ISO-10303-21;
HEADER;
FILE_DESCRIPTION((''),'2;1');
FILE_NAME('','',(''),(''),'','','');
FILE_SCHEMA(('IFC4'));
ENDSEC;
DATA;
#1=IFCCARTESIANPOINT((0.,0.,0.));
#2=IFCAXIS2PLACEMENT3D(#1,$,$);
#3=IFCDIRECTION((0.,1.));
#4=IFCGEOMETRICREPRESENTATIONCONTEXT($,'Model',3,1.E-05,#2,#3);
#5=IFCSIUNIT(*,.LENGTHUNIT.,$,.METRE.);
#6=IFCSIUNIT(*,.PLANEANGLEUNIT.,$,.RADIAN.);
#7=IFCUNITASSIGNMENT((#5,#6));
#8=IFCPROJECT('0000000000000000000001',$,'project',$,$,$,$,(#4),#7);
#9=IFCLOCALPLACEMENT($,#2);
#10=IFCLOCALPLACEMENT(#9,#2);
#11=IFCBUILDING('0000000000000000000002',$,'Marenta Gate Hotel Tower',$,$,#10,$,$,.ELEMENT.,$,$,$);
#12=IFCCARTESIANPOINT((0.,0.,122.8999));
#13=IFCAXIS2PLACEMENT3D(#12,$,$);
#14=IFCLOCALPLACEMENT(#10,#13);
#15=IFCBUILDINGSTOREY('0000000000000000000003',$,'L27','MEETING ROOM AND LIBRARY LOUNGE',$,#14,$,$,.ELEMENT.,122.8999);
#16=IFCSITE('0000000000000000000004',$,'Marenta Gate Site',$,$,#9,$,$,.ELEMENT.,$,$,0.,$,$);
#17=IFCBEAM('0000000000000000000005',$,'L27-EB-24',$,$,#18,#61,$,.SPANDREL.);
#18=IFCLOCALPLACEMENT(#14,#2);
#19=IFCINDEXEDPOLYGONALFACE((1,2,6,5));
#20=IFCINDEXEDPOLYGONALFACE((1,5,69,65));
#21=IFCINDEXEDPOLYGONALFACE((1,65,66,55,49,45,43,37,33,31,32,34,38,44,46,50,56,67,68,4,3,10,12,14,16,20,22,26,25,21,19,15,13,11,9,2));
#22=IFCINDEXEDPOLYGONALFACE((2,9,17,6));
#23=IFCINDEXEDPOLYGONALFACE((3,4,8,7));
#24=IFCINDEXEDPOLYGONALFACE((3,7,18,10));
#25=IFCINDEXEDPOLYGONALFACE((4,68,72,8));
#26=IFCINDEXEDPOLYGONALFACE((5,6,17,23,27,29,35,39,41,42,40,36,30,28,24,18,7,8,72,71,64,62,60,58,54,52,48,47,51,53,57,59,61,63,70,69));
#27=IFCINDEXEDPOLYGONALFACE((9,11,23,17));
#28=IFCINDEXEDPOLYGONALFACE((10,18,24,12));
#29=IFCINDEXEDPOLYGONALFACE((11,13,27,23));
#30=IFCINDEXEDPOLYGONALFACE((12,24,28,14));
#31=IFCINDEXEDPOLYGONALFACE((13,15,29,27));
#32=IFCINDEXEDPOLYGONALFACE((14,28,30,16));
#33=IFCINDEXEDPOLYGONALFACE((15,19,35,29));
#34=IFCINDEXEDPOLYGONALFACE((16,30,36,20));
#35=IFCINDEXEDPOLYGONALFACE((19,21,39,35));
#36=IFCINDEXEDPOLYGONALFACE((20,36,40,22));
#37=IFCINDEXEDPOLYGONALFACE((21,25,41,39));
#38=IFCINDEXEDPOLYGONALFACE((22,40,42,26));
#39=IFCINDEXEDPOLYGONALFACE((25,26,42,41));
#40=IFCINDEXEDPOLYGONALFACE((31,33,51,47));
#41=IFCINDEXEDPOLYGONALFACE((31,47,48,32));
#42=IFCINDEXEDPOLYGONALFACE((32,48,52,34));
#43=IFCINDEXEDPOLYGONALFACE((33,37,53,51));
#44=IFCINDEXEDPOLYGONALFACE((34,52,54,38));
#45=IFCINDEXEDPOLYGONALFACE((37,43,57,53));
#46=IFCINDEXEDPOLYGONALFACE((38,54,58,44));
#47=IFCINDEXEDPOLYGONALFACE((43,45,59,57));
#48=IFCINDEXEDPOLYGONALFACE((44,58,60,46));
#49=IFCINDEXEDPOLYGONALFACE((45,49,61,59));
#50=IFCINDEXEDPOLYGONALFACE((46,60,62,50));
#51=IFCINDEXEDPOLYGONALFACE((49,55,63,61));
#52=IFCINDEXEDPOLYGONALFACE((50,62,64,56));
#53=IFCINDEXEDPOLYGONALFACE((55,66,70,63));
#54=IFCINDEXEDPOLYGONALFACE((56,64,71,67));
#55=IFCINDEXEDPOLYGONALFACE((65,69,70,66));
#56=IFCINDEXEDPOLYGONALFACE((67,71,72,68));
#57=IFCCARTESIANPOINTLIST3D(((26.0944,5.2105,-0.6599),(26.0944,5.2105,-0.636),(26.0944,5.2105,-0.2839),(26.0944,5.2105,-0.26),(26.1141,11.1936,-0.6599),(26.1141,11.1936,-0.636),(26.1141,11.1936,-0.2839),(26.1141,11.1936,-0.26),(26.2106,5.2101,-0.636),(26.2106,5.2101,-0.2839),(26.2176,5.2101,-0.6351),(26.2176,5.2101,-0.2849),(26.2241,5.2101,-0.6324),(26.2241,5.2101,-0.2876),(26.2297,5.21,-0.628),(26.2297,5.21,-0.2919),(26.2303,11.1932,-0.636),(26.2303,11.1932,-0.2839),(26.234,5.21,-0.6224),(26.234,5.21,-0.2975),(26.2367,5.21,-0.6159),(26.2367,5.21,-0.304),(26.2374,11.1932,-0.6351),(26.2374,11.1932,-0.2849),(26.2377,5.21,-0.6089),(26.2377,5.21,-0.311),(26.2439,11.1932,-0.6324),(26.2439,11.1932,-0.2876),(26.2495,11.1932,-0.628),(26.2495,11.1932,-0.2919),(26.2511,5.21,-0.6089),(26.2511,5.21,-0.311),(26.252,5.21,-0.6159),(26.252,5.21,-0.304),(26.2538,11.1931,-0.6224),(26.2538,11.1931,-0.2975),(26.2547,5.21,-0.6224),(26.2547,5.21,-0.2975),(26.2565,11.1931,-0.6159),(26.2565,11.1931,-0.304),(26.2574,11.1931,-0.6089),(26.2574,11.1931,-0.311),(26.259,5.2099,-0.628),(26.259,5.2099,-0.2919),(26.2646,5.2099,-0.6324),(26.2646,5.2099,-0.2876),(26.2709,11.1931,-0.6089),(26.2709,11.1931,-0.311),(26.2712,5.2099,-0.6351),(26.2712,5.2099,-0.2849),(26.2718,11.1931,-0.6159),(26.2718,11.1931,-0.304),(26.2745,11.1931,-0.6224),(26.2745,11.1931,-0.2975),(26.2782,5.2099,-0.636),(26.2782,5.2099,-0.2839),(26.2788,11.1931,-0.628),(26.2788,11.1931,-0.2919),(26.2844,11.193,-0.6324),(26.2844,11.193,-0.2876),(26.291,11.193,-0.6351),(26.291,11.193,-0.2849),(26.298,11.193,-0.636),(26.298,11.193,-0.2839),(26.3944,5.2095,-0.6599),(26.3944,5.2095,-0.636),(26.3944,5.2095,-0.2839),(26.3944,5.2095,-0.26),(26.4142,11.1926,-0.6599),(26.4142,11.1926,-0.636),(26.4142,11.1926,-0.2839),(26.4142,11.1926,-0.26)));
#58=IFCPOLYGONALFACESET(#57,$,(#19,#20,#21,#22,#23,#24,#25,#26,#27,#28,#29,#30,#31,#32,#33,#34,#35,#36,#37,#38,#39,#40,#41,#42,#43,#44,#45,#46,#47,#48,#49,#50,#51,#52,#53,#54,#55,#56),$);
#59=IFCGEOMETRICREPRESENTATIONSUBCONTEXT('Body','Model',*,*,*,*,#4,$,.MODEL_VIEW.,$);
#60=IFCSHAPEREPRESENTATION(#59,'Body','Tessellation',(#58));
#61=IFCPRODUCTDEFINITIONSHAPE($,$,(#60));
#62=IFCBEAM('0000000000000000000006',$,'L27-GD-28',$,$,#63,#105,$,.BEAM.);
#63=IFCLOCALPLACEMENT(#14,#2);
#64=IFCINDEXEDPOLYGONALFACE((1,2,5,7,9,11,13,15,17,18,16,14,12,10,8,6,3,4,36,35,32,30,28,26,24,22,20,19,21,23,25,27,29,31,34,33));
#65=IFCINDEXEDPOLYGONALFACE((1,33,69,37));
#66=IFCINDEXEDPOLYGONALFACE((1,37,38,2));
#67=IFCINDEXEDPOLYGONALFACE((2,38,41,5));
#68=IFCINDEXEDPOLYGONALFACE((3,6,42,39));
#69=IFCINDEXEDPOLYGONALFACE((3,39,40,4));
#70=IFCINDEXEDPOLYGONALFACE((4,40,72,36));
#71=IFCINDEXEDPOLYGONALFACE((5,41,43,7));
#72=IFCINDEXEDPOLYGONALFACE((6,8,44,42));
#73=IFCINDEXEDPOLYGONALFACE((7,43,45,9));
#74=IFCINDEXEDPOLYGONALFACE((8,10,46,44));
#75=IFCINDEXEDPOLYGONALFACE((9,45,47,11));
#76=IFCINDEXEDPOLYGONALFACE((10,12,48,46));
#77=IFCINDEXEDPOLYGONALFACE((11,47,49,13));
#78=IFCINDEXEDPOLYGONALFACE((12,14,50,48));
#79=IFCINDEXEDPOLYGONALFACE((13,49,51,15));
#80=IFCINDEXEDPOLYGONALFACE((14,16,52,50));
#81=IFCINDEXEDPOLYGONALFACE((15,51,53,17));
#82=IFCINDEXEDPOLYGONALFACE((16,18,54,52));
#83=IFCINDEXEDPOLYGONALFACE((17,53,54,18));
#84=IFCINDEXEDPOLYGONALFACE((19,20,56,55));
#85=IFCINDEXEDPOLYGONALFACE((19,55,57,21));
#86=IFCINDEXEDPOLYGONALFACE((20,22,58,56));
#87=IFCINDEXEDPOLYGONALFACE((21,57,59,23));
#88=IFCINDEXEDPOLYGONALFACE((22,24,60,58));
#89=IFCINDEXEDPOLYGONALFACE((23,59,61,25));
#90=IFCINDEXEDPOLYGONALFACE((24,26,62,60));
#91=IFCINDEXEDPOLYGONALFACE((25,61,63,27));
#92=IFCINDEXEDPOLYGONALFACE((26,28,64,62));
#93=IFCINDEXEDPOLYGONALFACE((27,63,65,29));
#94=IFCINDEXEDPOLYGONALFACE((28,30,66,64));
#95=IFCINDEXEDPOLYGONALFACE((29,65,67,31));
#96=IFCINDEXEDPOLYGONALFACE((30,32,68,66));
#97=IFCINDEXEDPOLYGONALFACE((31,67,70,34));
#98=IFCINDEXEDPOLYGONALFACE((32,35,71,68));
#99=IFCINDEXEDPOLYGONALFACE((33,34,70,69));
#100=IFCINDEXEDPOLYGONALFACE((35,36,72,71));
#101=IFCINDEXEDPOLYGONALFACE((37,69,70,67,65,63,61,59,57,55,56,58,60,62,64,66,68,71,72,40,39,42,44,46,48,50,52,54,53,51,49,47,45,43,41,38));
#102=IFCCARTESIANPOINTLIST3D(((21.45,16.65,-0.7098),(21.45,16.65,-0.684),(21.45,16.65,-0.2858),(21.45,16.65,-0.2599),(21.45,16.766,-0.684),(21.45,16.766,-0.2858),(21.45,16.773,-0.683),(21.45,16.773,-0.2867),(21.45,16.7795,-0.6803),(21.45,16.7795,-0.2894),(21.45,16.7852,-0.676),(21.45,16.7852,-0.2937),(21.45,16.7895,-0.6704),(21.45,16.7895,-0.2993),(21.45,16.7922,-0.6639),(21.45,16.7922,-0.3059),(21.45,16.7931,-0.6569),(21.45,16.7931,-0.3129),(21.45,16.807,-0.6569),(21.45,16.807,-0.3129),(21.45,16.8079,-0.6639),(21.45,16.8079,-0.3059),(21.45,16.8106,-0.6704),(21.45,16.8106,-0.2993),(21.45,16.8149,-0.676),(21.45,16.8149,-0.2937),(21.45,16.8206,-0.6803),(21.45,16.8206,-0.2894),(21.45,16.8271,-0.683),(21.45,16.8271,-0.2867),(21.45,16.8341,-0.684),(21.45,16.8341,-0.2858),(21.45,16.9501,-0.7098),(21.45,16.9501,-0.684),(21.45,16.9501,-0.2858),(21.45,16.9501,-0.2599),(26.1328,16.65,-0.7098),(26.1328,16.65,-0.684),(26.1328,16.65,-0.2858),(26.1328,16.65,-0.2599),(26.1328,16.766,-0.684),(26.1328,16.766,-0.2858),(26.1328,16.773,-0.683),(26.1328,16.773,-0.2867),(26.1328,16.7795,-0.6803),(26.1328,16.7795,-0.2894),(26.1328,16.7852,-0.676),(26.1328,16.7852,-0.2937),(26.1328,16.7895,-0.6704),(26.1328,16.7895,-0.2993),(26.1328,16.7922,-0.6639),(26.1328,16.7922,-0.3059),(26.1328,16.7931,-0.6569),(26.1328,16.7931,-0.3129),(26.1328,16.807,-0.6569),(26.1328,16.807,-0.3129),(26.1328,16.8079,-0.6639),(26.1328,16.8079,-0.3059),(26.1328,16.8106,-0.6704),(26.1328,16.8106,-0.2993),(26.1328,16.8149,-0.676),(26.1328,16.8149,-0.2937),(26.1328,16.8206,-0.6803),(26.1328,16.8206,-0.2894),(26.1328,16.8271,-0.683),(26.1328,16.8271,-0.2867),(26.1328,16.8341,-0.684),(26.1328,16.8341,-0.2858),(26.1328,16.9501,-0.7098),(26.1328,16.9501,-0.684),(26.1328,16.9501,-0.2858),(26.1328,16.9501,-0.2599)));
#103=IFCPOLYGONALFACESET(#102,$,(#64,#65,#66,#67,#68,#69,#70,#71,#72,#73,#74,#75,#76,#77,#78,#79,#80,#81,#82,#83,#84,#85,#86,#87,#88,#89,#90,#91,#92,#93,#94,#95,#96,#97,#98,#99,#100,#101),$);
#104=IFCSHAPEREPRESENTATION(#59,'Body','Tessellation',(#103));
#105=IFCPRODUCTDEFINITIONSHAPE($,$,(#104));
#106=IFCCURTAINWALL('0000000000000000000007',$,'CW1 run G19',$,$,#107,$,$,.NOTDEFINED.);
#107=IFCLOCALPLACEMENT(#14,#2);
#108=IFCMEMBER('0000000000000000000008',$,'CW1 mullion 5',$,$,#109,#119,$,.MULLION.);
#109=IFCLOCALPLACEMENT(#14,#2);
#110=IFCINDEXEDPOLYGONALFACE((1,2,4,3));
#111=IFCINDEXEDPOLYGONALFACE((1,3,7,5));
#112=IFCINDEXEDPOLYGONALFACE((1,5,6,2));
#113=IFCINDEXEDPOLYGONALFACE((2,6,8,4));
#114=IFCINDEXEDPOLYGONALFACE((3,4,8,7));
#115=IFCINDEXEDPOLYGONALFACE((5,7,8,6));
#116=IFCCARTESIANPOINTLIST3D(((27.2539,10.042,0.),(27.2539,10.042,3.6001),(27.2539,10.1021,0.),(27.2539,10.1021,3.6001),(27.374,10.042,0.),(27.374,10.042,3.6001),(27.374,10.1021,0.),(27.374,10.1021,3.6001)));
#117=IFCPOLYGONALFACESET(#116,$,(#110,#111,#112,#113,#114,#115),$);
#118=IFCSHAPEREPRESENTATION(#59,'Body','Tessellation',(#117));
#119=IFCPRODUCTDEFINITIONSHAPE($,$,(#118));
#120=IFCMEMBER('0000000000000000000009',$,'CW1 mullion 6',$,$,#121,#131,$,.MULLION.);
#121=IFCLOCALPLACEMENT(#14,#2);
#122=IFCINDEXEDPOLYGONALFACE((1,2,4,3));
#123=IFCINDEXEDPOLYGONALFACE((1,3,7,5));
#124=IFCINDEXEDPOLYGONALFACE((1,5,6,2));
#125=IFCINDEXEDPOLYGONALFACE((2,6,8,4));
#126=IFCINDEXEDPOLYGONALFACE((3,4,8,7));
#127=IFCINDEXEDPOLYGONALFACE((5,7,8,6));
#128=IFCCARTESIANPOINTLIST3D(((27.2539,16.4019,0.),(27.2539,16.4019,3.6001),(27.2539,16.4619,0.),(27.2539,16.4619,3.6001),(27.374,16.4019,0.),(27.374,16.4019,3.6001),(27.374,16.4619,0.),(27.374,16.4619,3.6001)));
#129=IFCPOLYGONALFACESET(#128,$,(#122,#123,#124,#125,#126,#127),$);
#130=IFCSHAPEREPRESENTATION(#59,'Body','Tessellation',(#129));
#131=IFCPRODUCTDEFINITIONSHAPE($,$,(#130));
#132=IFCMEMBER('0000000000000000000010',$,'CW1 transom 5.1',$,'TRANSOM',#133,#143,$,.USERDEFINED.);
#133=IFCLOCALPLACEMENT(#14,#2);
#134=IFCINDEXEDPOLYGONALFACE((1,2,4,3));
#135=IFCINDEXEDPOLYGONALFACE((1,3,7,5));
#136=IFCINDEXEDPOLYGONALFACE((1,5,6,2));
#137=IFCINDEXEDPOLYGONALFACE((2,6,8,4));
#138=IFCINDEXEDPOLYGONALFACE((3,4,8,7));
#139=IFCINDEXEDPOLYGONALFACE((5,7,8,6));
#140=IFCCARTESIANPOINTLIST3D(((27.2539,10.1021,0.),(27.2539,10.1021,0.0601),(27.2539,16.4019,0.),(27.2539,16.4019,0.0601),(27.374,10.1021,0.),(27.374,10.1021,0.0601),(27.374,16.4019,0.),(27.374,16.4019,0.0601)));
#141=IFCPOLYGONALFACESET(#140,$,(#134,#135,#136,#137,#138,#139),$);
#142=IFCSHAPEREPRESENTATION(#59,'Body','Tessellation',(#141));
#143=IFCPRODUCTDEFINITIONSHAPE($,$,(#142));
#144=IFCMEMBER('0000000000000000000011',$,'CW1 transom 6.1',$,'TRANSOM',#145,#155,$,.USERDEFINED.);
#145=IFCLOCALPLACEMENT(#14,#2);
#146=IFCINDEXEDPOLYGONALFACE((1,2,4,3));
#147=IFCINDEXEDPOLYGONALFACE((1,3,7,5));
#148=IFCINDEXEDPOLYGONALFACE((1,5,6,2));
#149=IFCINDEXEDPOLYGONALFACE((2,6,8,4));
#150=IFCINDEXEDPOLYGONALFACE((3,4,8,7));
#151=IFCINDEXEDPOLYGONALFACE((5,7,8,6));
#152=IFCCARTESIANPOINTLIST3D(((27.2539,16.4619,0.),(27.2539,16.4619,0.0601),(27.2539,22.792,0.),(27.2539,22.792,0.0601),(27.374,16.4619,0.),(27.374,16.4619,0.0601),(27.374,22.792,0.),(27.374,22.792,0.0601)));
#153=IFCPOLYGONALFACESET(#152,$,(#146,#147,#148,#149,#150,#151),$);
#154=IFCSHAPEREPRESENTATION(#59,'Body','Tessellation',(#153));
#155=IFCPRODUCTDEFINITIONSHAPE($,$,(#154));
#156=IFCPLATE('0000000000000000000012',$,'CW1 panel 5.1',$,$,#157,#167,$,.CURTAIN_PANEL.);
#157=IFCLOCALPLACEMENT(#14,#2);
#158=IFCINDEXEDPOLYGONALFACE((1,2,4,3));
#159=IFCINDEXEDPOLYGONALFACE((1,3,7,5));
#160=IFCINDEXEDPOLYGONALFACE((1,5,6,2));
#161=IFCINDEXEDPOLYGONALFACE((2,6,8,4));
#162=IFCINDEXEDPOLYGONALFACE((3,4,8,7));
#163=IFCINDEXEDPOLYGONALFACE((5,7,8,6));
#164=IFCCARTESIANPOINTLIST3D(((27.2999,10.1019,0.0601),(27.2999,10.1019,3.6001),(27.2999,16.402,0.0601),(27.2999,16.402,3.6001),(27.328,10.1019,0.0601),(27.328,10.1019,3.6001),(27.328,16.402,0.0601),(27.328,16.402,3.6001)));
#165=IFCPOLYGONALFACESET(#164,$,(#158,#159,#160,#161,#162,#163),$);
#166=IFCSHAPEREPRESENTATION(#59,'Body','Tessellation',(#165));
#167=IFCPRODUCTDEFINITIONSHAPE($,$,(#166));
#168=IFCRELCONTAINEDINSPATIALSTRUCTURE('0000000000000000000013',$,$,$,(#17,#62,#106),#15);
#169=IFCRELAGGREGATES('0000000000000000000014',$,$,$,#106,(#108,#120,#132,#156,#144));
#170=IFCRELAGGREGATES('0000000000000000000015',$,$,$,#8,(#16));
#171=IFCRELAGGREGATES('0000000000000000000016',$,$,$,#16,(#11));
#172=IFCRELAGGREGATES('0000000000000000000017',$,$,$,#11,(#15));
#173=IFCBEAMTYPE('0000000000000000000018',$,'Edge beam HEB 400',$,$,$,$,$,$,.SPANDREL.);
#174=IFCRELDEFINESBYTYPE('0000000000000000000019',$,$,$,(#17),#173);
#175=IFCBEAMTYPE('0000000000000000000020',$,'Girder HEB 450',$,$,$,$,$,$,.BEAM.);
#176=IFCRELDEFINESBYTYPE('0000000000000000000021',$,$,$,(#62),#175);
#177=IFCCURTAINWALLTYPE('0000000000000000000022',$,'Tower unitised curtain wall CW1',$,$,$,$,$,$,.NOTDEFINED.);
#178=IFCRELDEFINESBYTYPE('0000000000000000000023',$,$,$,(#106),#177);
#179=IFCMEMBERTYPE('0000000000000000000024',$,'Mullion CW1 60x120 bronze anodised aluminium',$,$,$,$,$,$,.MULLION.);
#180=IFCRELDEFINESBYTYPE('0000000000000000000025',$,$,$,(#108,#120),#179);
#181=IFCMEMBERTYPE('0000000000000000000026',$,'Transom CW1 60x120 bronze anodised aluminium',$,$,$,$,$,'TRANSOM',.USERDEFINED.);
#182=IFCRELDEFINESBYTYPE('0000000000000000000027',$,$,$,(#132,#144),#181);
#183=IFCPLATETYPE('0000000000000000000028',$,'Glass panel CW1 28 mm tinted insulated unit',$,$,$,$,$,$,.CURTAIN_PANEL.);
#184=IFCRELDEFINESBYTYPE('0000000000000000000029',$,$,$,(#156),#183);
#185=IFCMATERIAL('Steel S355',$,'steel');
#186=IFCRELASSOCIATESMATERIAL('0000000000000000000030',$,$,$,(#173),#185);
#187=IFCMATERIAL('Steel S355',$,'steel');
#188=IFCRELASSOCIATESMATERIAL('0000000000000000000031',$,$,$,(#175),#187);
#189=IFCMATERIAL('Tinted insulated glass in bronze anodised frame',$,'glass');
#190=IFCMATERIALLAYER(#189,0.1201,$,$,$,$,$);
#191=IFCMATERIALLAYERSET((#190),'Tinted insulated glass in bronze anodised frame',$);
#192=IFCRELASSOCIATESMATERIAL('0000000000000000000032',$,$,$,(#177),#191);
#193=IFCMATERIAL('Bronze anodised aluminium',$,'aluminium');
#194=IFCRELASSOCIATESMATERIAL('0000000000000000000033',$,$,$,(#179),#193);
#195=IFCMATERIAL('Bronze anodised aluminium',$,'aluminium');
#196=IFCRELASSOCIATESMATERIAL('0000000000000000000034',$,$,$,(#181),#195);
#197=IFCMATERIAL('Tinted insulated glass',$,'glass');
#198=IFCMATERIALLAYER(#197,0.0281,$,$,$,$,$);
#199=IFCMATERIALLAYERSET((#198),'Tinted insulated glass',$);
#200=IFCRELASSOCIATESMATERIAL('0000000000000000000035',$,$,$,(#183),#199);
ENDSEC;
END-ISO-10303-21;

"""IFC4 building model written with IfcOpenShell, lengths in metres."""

from ifc_helpers import new_model, si_unit, direction, frame, origin, origin_2d, place, context, subcontext, project, spatial, rectangle, i_section, extrude, material, layer, layer_set, material_profile, profile_set, type_object, element, aggregate, save


model = new_model("IFC4")

# Units and contexts
model_context = context("Model", 3, precision=1e-05, world=origin(), true_north=direction((0.0, 1.0)))
body_context = subcontext(model_context, "Body", "Model", "MODEL_VIEW")
ifc_project = project(units=[si_unit("LENGTHUNIT", "METRE"), si_unit("PLANEANGLEUNIT", "RADIAN")], contexts=[model_context])

# Site, building, storey
site_placement = place(None, origin())
site = spatial("IfcSite", under=ifc_project, at=site_placement, Name="Marenta Gate Site", CompositionType="ELEMENT", RefElevation=0.0)
building_placement = place(site_placement, origin())
building = spatial("IfcBuilding", under=site, at=building_placement, Name="Marenta Gate Hotel Tower", CompositionType="ELEMENT")
storey_placement = place(building_placement, frame((0.0, 0.0, 122.8999)))
storey = spatial("IfcBuildingStorey", under=building, at=storey_placement, Name="L27", Description="MEETING ROOM AND LIBRARY LOUNGE", CompositionType="ELEMENT", Elevation=122.8999)

# Beams
ifc_material_1 = material(Name="Steel S355", Category="steel")
ifc_material_profile_1 = material_profile(ifc_material_1, i_section(OverallWidth=0.3, OverallDepth=0.3999, WebThickness=0.0134, FlangeThickness=0.0239, FilletRadius=0.0271, at=origin_2d()), Name="HEB 400")
ifc_profile_set_1 = profile_set([ifc_material_profile_1], Name="Steel S355")
beam_type_1 = type_object("IfcBeamType", Name="Edge beam HEB 400", PredefinedType="SPANDREL", material=ifc_profile_set_1)
beam_1_placement = place(storey_placement, frame((26.2642, 11.1931, -0.46), z_axis=(-0.003305, -0.999995, 0.0), x_axis=(0.999995, -0.003305, 0.0)))
element("IfcBeam", 1, at=beam_1_placement, inside=storey, type_object=beam_type_1, Name="L27-EB-24", PredefinedType="SPANDREL", context=body_context, shape_type="SweptSolid", body=[
    extrude(i_section(OverallWidth=0.3, OverallDepth=0.3999, WebThickness=0.0134, FlangeThickness=0.0239, FilletRadius=0.0271, at=origin_2d()), origin(), (0.0, 0.0, 1.0), 5.9832),
])
ifc_material_2 = material(Name="Steel S355", Category="steel")
ifc_material_profile_2 = material_profile(ifc_material_2, i_section(OverallWidth=0.3, OverallDepth=0.45, WebThickness=0.0139, FlangeThickness=0.0259, FilletRadius=0.0271, at=origin_2d()), Name="HEB 450")
ifc_profile_set_2 = profile_set([ifc_material_profile_2], Name="Steel S355")
beam_type_2 = type_object("IfcBeamType", Name="Girder HEB 450", PredefinedType="BEAM", material=ifc_profile_set_2)
beam_2_placement = place(storey_placement, frame((21.45, 16.8, -0.4849), z_axis=(1.0, 0.0, 0.0), x_axis=(0.0, 1.0, 0.0)))
element("IfcBeam", 2, at=beam_2_placement, inside=storey, type_object=beam_type_2, Name="L27-GD-28", PredefinedType="BEAM", context=body_context, shape_type="SweptSolid", body=[
    extrude(i_section(OverallWidth=0.3, OverallDepth=0.45, WebThickness=0.0139, FlangeThickness=0.0259, FilletRadius=0.0271, at=origin_2d()), origin(), (0.0, 0.0, 1.0), 4.6829),
])

# Curtain wall, members, plate
ifc_material_3 = material(Name="Tinted insulated glass in bronze anodised frame", Category="glass")
ifc_layer_1 = layer(ifc_material_3, 0.1201)
ifc_layer_set_1 = layer_set([ifc_layer_1], Name="Tinted insulated glass in bronze anodised frame")
curtain_wall_type = type_object("IfcCurtainWallType", Name="Tower unitised curtain wall CW1", PredefinedType="NOTDEFINED", material=ifc_layer_set_1)
curtain_wall_placement = place(storey_placement, origin())
curtain_wall = element("IfcCurtainWall", 3, at=curtain_wall_placement, inside=storey, type_object=curtain_wall_type, Name="CW1 run G19", PredefinedType="NOTDEFINED")
ifc_material_4 = material(Name="Bronze anodised aluminium", Category="aluminium")
ifc_material_profile_3 = material_profile(ifc_material_4, rectangle(XDim=0.1201, YDim=0.0601, at=origin_2d()), Name="Mullion CW1 60x120 bronze anodised aluminium")
ifc_profile_set_3 = profile_set([ifc_material_profile_3], Name="Bronze anodised aluminium")
member_type_1 = type_object("IfcMemberType", Name="Mullion CW1 60x120 bronze anodised aluminium", PredefinedType="MULLION", material=ifc_profile_set_3)
member_1_placement = place(storey_placement, frame((27.314, 10.072, 0.0), z_axis=(0.0, 0.0, 1.0), x_axis=(-1.0, 0.0, 0.0)))
member_1 = element("IfcMember", 4, at=member_1_placement, type_object=member_type_1, Name="CW1 mullion 5", PredefinedType="MULLION", context=body_context, shape_type="SweptSolid", body=[
    extrude(rectangle(XDim=0.1201, YDim=0.0601, at=origin_2d()), origin(), (0.0, 0.0, 1.0), 3.6001),
])
member_2_placement = place(storey_placement, frame((27.314, 16.4319, 0.0), z_axis=(0.0, 0.0, 1.0), x_axis=(-1.0, 0.0, 0.0)))
member_2 = element("IfcMember", 5, at=member_2_placement, type_object=member_type_1, Name="CW1 mullion 6", PredefinedType="MULLION", context=body_context, shape_type="SweptSolid", body=[
    extrude(rectangle(XDim=0.1201, YDim=0.0601, at=origin_2d()), origin(), (0.0, 0.0, 1.0), 3.6001),
])
ifc_material_5 = material(Name="Bronze anodised aluminium", Category="aluminium")
ifc_material_profile_4 = material_profile(ifc_material_5, rectangle(XDim=0.1201, YDim=0.0601, at=origin_2d()), Name="Transom CW1 60x120 bronze anodised aluminium")
ifc_profile_set_4 = profile_set([ifc_material_profile_4], Name="Bronze anodised aluminium")
member_type_2 = type_object("IfcMemberType", Name="Transom CW1 60x120 bronze anodised aluminium", ElementType="TRANSOM", PredefinedType="USERDEFINED", material=ifc_profile_set_4)
member_3_placement = place(storey_placement, frame((27.314, 10.1021, 0.03), z_axis=(0.0, 1.0, 0.0), x_axis=(-1.0, 0.0, 0.0)))
member_3 = element("IfcMember", 6, at=member_3_placement, type_object=member_type_2, Name="CW1 transom 5.1", ObjectType="TRANSOM", PredefinedType="USERDEFINED", context=body_context, shape_type="SweptSolid", body=[
    extrude(rectangle(XDim=0.1201, YDim=0.0601, at=origin_2d()), origin(), (0.0, 0.0, 1.0), 6.2998),
])
member_4_placement = place(storey_placement, frame((27.314, 16.4619, 0.03), z_axis=(0.0, 1.0, 0.0), x_axis=(-1.0, 0.0, 0.0)))
member_4 = element("IfcMember", 7, at=member_4_placement, type_object=member_type_2, Name="CW1 transom 6.1", ObjectType="TRANSOM", PredefinedType="USERDEFINED", context=body_context, shape_type="SweptSolid", body=[
    extrude(rectangle(XDim=0.1201, YDim=0.0601, at=origin_2d()), origin(), (0.0, 0.0, 1.0), 6.3301),
])
ifc_material_6 = material(Name="Tinted insulated glass", Category="glass")
ifc_layer_2 = layer(ifc_material_6, 0.0281)
ifc_layer_set_2 = layer_set([ifc_layer_2], Name="Tinted insulated glass")
plate_type = type_object("IfcPlateType", Name="Glass panel CW1 28 mm tinted insulated unit", PredefinedType="CURTAIN_PANEL", material=ifc_layer_set_2)
plate_placement = place(storey_placement, frame((27.314, 13.252, 0.0601), z_axis=(0.0, 0.0, 1.0), x_axis=(0.0, 1.0, 0.0)))
plate = element("IfcPlate", 8, at=plate_placement, type_object=plate_type, Name="CW1 panel 5.1", PredefinedType="CURTAIN_PANEL", context=body_context, shape_type="SweptSolid", body=[
    extrude(rectangle(XDim=6.3, YDim=0.0281, at=origin_2d()), origin(), (0.0, 0.0, 1.0), 3.54),
])
aggregate(curtain_wall, [member_1, member_2, member_3, plate, member_4])

save(model, "model.ifc")
